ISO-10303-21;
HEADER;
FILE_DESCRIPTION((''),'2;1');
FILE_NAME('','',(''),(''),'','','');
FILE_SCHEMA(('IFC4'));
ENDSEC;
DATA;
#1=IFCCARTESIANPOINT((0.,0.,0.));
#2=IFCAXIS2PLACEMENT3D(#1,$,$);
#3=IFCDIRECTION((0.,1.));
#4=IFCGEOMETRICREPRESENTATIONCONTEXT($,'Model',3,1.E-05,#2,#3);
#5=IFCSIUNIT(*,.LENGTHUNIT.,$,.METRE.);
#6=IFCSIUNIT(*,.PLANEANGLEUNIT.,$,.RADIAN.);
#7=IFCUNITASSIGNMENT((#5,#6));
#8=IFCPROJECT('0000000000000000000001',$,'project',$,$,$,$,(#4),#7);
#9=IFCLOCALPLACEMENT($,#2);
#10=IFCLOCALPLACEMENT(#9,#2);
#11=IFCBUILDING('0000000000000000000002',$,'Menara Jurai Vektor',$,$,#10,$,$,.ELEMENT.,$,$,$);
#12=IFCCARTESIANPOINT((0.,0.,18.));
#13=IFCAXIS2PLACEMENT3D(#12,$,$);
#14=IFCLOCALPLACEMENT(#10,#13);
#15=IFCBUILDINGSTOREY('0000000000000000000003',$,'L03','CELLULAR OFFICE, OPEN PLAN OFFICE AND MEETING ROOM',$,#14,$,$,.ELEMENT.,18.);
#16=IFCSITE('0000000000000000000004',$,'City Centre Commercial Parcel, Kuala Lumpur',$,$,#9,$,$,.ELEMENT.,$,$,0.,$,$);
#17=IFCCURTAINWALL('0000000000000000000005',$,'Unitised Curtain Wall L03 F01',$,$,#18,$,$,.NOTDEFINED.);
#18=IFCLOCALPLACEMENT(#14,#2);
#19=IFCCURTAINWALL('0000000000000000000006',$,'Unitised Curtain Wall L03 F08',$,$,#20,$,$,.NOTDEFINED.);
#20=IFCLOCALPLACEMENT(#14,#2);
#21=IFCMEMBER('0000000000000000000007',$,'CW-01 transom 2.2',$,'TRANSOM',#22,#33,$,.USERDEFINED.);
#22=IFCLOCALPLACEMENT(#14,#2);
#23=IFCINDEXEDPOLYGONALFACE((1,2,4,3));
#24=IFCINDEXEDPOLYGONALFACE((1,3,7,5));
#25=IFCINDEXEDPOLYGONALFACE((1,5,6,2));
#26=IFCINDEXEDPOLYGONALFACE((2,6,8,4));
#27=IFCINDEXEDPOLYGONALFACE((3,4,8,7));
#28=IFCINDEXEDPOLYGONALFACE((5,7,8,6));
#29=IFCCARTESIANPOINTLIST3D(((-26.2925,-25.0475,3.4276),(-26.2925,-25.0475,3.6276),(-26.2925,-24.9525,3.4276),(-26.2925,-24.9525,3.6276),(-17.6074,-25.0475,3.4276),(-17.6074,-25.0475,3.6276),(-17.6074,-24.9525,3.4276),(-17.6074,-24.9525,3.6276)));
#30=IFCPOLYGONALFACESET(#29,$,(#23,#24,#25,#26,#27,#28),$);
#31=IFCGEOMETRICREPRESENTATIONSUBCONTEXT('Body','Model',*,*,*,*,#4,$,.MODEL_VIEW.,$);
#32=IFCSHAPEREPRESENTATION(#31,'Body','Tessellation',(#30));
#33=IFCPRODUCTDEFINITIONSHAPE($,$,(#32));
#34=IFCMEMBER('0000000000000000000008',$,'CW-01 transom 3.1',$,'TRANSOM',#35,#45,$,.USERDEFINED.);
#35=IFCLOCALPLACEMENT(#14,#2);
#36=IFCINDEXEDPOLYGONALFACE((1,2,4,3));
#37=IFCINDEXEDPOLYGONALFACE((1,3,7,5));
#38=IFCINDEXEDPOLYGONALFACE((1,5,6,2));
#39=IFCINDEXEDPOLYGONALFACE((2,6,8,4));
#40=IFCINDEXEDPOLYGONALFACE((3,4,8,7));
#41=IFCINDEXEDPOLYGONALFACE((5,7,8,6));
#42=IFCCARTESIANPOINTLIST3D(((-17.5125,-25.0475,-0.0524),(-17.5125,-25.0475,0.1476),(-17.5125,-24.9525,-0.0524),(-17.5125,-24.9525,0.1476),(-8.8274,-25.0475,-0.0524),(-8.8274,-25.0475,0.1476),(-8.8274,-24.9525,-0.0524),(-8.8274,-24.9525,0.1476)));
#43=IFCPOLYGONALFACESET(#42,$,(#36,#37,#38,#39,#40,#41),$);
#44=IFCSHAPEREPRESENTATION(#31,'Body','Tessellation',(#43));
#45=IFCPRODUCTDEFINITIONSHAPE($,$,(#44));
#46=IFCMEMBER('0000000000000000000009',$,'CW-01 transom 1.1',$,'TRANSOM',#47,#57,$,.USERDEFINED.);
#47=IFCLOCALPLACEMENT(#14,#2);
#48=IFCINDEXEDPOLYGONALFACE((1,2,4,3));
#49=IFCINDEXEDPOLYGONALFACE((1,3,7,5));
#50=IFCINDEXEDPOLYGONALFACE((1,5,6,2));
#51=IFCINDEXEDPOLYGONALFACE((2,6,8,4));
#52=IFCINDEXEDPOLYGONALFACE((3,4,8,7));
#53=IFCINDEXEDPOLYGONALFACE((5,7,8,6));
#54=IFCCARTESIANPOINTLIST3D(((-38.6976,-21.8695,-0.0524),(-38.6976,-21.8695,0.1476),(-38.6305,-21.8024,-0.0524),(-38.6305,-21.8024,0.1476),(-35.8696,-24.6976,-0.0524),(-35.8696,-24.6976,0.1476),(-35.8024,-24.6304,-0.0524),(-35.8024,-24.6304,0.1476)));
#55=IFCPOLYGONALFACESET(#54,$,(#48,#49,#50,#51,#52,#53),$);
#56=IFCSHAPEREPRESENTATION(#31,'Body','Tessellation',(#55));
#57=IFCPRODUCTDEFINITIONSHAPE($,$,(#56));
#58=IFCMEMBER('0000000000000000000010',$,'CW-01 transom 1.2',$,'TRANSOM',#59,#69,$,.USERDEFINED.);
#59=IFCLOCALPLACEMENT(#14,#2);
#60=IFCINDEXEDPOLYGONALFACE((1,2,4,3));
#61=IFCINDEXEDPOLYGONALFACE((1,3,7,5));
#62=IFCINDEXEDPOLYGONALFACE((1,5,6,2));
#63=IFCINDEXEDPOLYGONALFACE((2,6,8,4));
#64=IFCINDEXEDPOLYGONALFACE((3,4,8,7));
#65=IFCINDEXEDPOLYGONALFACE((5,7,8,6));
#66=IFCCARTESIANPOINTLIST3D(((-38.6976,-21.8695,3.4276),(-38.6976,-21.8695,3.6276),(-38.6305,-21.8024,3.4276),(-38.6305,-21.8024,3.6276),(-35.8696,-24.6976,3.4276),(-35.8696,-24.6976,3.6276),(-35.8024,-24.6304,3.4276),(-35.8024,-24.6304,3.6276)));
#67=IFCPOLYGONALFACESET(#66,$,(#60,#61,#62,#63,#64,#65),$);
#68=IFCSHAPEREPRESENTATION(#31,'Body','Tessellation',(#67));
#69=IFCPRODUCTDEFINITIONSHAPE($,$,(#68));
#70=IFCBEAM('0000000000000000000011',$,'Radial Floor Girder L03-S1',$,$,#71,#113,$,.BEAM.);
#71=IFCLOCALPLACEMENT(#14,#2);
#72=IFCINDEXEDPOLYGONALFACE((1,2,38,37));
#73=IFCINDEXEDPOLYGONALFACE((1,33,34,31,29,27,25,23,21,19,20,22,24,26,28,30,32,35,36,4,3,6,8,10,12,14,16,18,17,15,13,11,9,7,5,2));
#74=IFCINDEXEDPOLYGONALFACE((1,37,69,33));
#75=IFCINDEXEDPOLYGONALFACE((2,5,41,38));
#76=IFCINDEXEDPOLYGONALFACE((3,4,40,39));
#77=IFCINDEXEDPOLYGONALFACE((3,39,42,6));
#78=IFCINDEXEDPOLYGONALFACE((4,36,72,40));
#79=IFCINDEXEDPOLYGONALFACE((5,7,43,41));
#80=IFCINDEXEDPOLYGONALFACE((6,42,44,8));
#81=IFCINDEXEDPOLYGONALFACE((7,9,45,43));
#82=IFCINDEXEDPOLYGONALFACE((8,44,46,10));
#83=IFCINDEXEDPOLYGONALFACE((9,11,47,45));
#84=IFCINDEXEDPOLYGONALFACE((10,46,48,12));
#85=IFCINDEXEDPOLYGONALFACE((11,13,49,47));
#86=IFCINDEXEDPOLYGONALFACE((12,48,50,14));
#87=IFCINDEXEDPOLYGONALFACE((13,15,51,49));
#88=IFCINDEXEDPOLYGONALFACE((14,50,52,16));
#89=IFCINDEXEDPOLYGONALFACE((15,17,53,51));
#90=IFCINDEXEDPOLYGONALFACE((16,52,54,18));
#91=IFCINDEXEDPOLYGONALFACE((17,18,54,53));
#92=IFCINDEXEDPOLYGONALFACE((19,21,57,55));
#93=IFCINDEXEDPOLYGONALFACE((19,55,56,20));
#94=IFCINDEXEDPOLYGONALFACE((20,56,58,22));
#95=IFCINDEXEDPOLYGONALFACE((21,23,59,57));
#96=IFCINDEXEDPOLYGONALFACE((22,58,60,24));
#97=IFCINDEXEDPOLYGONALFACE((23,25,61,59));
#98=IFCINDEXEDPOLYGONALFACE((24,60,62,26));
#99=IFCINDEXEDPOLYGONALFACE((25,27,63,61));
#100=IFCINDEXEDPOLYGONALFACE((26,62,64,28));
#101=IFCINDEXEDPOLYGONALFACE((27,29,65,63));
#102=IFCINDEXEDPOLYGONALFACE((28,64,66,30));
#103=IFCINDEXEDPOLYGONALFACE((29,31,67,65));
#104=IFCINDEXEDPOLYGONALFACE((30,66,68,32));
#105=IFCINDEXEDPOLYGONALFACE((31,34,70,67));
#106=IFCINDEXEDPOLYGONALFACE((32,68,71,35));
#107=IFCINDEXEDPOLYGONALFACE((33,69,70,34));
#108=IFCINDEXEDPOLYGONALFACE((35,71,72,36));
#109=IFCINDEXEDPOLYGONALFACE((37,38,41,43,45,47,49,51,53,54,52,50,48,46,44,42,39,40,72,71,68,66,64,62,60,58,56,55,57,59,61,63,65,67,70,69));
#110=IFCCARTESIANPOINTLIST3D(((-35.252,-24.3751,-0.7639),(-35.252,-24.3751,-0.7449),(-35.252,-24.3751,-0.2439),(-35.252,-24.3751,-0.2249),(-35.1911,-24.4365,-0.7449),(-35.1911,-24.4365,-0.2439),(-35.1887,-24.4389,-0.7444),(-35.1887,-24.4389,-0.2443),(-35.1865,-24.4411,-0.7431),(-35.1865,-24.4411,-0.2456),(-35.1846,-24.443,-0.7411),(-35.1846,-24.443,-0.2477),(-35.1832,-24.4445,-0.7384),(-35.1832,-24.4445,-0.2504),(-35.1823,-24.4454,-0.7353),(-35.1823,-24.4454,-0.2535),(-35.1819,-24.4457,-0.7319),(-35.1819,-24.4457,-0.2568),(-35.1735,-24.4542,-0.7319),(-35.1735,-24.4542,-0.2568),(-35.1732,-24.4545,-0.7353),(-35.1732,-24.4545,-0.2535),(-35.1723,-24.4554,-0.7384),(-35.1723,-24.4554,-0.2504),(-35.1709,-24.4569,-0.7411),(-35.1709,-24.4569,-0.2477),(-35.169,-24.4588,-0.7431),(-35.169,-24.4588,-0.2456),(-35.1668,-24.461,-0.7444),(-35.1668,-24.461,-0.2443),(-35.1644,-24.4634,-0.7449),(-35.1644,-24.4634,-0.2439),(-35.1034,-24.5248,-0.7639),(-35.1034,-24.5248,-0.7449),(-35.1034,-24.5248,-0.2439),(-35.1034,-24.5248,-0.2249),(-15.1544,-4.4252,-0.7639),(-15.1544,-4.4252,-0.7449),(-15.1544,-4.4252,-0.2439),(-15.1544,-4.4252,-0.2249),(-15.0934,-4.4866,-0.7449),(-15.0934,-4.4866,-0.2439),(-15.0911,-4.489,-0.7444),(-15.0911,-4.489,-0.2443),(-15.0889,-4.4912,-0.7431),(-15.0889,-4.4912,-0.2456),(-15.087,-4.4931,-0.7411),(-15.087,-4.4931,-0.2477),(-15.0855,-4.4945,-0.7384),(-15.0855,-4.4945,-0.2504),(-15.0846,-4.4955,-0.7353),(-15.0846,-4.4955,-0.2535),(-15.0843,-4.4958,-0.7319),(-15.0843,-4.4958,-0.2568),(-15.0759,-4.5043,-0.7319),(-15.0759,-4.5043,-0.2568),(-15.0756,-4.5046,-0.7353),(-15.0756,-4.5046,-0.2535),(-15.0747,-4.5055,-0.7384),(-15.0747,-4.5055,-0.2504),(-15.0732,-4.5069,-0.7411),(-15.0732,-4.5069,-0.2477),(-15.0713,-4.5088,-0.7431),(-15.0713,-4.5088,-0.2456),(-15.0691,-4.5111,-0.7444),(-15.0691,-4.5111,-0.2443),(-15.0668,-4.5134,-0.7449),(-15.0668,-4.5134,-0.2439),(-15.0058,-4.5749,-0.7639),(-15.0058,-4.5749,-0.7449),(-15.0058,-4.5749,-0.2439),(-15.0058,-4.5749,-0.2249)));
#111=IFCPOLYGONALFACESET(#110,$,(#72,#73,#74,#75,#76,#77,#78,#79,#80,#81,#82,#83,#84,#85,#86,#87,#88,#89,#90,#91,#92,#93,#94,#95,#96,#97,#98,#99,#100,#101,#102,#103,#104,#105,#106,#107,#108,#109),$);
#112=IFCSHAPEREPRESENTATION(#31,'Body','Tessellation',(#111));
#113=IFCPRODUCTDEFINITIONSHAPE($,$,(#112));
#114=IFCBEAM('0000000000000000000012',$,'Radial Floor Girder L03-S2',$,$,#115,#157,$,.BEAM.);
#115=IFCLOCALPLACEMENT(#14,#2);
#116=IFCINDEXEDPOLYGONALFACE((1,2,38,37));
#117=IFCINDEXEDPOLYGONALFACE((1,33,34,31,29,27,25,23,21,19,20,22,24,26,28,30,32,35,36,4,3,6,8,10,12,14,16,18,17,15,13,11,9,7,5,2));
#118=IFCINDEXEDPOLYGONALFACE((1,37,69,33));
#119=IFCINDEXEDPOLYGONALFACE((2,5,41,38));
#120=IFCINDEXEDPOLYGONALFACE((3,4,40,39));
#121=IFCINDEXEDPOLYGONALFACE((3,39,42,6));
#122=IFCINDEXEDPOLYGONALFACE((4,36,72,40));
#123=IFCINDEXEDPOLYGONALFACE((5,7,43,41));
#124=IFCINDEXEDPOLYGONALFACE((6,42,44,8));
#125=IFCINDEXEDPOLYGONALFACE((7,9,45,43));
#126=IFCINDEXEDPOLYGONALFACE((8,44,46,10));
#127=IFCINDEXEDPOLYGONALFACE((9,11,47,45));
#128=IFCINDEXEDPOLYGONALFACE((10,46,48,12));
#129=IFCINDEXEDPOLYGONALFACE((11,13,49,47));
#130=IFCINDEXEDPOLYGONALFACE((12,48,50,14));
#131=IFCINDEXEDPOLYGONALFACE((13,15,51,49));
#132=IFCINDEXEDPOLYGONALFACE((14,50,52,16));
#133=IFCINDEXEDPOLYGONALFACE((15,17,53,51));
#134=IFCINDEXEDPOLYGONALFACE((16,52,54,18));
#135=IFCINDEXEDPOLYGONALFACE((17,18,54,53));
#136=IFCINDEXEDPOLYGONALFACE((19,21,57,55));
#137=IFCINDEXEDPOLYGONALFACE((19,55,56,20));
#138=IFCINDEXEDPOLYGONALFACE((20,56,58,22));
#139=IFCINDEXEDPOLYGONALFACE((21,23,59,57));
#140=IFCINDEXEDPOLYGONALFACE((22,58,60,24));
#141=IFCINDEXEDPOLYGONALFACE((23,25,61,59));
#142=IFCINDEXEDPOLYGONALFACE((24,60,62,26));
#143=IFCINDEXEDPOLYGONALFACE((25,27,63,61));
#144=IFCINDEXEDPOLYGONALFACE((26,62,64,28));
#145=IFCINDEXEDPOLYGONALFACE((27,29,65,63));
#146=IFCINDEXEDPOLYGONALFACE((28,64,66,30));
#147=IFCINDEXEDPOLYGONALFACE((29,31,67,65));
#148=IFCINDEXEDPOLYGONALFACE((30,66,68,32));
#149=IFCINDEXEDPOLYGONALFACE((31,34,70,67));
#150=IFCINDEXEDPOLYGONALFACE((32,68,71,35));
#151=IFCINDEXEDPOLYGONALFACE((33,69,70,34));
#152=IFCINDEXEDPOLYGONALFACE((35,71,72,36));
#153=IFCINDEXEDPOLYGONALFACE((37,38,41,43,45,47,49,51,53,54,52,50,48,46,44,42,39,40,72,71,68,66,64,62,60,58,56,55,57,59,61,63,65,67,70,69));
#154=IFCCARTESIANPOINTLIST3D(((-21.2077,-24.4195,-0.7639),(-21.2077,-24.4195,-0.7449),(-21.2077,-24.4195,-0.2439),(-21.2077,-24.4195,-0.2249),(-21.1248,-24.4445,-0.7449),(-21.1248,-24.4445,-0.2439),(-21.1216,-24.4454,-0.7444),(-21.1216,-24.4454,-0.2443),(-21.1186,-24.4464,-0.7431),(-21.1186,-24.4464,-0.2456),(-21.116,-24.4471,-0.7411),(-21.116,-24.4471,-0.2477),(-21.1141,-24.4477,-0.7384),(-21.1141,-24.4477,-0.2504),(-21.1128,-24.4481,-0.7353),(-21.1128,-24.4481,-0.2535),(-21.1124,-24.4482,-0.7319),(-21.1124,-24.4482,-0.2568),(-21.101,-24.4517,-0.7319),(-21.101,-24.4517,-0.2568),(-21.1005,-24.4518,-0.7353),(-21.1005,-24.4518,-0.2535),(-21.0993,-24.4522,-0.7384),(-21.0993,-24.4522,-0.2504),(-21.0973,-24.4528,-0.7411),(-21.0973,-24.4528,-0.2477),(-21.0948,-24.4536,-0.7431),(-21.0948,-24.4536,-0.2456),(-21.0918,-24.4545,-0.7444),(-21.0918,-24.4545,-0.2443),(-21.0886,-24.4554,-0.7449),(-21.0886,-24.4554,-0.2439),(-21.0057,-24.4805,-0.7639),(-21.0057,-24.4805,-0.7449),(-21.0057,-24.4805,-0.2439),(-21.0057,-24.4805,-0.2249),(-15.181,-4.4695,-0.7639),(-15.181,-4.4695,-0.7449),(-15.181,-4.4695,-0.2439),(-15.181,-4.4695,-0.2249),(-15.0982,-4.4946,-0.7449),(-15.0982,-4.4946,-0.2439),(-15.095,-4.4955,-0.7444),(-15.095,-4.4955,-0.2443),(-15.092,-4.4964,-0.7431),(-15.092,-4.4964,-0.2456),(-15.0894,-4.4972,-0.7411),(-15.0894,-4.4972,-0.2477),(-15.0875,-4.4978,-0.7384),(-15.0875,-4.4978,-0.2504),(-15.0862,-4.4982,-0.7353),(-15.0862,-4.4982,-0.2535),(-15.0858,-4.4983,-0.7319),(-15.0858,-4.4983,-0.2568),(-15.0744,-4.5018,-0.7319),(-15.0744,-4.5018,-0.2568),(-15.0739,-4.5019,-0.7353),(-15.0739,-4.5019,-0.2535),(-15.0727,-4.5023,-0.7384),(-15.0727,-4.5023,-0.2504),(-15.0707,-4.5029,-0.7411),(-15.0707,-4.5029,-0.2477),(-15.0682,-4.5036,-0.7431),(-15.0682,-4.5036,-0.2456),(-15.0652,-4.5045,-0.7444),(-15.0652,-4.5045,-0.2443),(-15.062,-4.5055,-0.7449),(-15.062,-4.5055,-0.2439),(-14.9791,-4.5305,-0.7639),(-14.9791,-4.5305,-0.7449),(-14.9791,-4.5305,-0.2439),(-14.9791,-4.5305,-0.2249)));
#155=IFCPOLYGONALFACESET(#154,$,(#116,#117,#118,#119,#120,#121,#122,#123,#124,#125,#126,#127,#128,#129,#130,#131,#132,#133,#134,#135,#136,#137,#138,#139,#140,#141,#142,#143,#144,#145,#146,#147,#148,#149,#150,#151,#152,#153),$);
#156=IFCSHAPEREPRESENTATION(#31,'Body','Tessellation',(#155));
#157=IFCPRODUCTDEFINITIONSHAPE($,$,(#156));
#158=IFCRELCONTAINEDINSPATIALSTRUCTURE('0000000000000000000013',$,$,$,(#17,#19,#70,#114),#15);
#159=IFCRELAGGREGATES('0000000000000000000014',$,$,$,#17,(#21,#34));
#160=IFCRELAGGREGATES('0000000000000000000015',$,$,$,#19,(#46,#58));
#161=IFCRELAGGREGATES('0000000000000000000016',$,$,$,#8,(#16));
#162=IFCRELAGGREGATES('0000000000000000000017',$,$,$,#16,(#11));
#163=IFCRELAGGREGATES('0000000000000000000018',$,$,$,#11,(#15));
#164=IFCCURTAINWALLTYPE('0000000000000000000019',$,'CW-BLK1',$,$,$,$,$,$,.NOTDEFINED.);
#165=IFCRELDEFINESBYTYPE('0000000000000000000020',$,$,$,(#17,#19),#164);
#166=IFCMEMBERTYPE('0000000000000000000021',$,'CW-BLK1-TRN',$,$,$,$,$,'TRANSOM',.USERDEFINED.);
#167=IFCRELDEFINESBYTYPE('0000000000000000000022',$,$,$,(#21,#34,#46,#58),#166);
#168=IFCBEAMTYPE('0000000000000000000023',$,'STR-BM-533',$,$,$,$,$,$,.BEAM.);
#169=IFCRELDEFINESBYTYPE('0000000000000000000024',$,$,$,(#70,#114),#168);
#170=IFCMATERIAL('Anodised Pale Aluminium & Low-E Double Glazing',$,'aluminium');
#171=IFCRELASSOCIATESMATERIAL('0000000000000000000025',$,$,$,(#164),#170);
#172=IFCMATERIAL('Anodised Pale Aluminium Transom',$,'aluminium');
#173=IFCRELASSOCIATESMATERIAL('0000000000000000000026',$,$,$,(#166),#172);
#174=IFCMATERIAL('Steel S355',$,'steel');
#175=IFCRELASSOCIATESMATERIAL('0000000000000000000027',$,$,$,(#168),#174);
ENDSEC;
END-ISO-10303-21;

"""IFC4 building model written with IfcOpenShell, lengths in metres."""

from ifc_helpers import new_model, si_unit, direction, frame, origin, origin_2d, place, context, subcontext, project, spatial, rectangle, i_section, extrude, material, material_profile, profile_set, type_object, element, aggregate, save


model = new_model("IFC4")

# Units and contexts
model_context = context("Model", 3, precision=1e-05, world=origin(), true_north=direction((0.0, 1.0)))
body_context = subcontext(model_context, "Body", "Model", "MODEL_VIEW")
ifc_project = project(units=[si_unit("LENGTHUNIT", "METRE"), si_unit("PLANEANGLEUNIT", "RADIAN")], contexts=[model_context])

# Site, building, storey
site_placement = place(None, origin())
site = spatial("IfcSite", under=ifc_project, at=site_placement, Name="City Centre Commercial Parcel, Kuala Lumpur", CompositionType="ELEMENT", RefElevation=0.0)
building_placement = place(site_placement, origin())
building = spatial("IfcBuilding", under=site, at=building_placement, Name="Menara Jurai Vektor", CompositionType="ELEMENT")
storey_placement = place(building_placement, frame((0.0, 0.0, 18.0)))
storey = spatial("IfcBuildingStorey", under=building, at=storey_placement, Name="L03", Description="CELLULAR OFFICE, OPEN PLAN OFFICE AND MEETING ROOM", CompositionType="ELEMENT", Elevation=18.0)

# Curtain wall
ifc_material_1 = material(Name="Anodised Pale Aluminium & Low-E Double Glazing", Category="aluminium")
curtain_wall_type = type_object("IfcCurtainWallType", Name="CW-BLK1", PredefinedType="NOTDEFINED", material=ifc_material_1)
curtain_wall_1_placement = place(storey_placement, origin())
curtain_wall_1 = element("IfcCurtainWall", 1, at=curtain_wall_1_placement, inside=storey, type_object=curtain_wall_type, Name="Unitised Curtain Wall L03 F01", PredefinedType="NOTDEFINED")

# Curtain wall
curtain_wall_2_placement = place(storey_placement, origin())
curtain_wall_2 = element("IfcCurtainWall", 2, at=curtain_wall_2_placement, inside=storey, type_object=curtain_wall_type, Name="Unitised Curtain Wall L03 F08", PredefinedType="NOTDEFINED")

# Members
ifc_material_2 = material(Name="Anodised Pale Aluminium Transom", Category="aluminium")
ifc_material_profile_1 = material_profile(ifc_material_2, rectangle(XDim=0.095, YDim=0.2, at=origin_2d()), Name="ALU TRN 95x200")
ifc_profile_set_1 = profile_set([ifc_material_profile_1], Name="Anodised Pale Aluminium Transom")
member_type_1 = type_object("IfcMemberType", Name="CW-BLK1-TRN", ElementType="TRANSOM", PredefinedType="USERDEFINED", material=ifc_profile_set_1)
member_1_placement = place(storey_placement, frame((-26.2925, -25.0, 3.5276), z_axis=(1.0, 0.0, 0.0), x_axis=(0.0, 1.0, 0.0)))
member_1 = element("IfcMember", 3, at=member_1_placement, type_object=member_type_1, Name="CW-01 transom 2.2", ObjectType="TRANSOM", PredefinedType="USERDEFINED", context=body_context, shape_type="SweptSolid", body=[
    extrude(rectangle(XDim=0.095, YDim=0.2, at=origin_2d()), origin(), (0.0, 0.0, 1.0), 8.6851),
])
member_2_placement = place(storey_placement, frame((-17.5125, -25.0, 0.0476), z_axis=(1.0, 0.0, 0.0), x_axis=(0.0, 1.0, 0.0)))
member_2 = element("IfcMember", 4, at=member_2_placement, type_object=member_type_1, Name="CW-01 transom 3.1", ObjectType="TRANSOM", PredefinedType="USERDEFINED", context=body_context, shape_type="SweptSolid", body=[
    extrude(rectangle(XDim=0.095, YDim=0.2, at=origin_2d()), origin(), (0.0, 0.0, 1.0), 8.6851),
])
member_3_placement = place(storey_placement, frame((-38.6641, -21.8359, 0.0476), z_axis=(0.707107, -0.707107, 0.0), x_axis=(0.707107, 0.707107, 0.0)))
member_3 = element("IfcMember", 5, at=member_3_placement, type_object=member_type_1, Name="CW-01 transom 1.1", ObjectType="TRANSOM", PredefinedType="USERDEFINED", context=body_context, shape_type="SweptSolid", body=[
    extrude(rectangle(XDim=0.095, YDim=0.2, at=origin_2d()), origin(), (0.0, 0.0, 1.0), 3.9995),
])
member_4_placement = place(storey_placement, frame((-38.6641, -21.8359, 3.5276), z_axis=(0.707107, -0.707107, 0.0), x_axis=(0.707107, 0.707107, 0.0)))
member_4 = element("IfcMember", 6, at=member_4_placement, type_object=member_type_1, Name="CW-01 transom 1.2", ObjectType="TRANSOM", PredefinedType="USERDEFINED", context=body_context, shape_type="SweptSolid", body=[
    extrude(rectangle(XDim=0.095, YDim=0.2, at=origin_2d()), origin(), (0.0, 0.0, 1.0), 3.9995),
])

# Beams
ifc_material_3 = material(Name="Steel S355", Category="steel")
ifc_material_profile_2 = material_profile(ifc_material_3, i_section(OverallWidth=0.2109, OverallDepth=0.5391, WebThickness=0.012, FlangeThickness=0.019, FilletRadius=0.0129, at=origin_2d()), Name="UKB 533x210x109")
ifc_profile_set_2 = profile_set([ifc_material_profile_2], Name="Steel S355")
beam_type_1 = type_object("IfcBeamType", Name="STR-BM-533", PredefinedType="BEAM", material=ifc_profile_set_2)
beam_1_placement = place(storey_placement, frame((-35.1777, -24.45, -0.4944), z_axis=(0.70971, 0.704494, 0.0), x_axis=(-0.704494, 0.70971, 0.0)))
element("IfcBeam", 7, at=beam_1_placement, inside=storey, type_object=beam_type_1, Name="Radial Floor Girder L03-S1", PredefinedType="BEAM", context=body_context, shape_type="SweptSolid", body=[
    extrude(i_section(OverallWidth=0.2109, OverallDepth=0.5391, WebThickness=0.012, FlangeThickness=0.019, FilletRadius=0.0129, at=origin_2d()), origin(), (0.0, 0.0, 1.0), 28.3181),
])
beam_2_placement = place(storey_placement, frame((-21.1067, -24.45, -0.4944), z_axis=(0.28918, 0.957275, 0.0), x_axis=(-0.957275, 0.28918, 0.0)))
element("IfcBeam", 8, at=beam_2_placement, inside=storey, type_object=beam_type_1, Name="Radial Floor Girder L03-S2", PredefinedType="BEAM", context=body_context, shape_type="SweptSolid", body=[
    extrude(i_section(OverallWidth=0.2109, OverallDepth=0.5391, WebThickness=0.012, FlangeThickness=0.019, FilletRadius=0.0129, at=origin_2d()), origin(), (0.0, 0.0, 1.0), 20.8403),
])

aggregate(curtain_wall_1, [member_1, member_2])
aggregate(curtain_wall_2, [member_3, member_4])

save(model, "model.ifc")
